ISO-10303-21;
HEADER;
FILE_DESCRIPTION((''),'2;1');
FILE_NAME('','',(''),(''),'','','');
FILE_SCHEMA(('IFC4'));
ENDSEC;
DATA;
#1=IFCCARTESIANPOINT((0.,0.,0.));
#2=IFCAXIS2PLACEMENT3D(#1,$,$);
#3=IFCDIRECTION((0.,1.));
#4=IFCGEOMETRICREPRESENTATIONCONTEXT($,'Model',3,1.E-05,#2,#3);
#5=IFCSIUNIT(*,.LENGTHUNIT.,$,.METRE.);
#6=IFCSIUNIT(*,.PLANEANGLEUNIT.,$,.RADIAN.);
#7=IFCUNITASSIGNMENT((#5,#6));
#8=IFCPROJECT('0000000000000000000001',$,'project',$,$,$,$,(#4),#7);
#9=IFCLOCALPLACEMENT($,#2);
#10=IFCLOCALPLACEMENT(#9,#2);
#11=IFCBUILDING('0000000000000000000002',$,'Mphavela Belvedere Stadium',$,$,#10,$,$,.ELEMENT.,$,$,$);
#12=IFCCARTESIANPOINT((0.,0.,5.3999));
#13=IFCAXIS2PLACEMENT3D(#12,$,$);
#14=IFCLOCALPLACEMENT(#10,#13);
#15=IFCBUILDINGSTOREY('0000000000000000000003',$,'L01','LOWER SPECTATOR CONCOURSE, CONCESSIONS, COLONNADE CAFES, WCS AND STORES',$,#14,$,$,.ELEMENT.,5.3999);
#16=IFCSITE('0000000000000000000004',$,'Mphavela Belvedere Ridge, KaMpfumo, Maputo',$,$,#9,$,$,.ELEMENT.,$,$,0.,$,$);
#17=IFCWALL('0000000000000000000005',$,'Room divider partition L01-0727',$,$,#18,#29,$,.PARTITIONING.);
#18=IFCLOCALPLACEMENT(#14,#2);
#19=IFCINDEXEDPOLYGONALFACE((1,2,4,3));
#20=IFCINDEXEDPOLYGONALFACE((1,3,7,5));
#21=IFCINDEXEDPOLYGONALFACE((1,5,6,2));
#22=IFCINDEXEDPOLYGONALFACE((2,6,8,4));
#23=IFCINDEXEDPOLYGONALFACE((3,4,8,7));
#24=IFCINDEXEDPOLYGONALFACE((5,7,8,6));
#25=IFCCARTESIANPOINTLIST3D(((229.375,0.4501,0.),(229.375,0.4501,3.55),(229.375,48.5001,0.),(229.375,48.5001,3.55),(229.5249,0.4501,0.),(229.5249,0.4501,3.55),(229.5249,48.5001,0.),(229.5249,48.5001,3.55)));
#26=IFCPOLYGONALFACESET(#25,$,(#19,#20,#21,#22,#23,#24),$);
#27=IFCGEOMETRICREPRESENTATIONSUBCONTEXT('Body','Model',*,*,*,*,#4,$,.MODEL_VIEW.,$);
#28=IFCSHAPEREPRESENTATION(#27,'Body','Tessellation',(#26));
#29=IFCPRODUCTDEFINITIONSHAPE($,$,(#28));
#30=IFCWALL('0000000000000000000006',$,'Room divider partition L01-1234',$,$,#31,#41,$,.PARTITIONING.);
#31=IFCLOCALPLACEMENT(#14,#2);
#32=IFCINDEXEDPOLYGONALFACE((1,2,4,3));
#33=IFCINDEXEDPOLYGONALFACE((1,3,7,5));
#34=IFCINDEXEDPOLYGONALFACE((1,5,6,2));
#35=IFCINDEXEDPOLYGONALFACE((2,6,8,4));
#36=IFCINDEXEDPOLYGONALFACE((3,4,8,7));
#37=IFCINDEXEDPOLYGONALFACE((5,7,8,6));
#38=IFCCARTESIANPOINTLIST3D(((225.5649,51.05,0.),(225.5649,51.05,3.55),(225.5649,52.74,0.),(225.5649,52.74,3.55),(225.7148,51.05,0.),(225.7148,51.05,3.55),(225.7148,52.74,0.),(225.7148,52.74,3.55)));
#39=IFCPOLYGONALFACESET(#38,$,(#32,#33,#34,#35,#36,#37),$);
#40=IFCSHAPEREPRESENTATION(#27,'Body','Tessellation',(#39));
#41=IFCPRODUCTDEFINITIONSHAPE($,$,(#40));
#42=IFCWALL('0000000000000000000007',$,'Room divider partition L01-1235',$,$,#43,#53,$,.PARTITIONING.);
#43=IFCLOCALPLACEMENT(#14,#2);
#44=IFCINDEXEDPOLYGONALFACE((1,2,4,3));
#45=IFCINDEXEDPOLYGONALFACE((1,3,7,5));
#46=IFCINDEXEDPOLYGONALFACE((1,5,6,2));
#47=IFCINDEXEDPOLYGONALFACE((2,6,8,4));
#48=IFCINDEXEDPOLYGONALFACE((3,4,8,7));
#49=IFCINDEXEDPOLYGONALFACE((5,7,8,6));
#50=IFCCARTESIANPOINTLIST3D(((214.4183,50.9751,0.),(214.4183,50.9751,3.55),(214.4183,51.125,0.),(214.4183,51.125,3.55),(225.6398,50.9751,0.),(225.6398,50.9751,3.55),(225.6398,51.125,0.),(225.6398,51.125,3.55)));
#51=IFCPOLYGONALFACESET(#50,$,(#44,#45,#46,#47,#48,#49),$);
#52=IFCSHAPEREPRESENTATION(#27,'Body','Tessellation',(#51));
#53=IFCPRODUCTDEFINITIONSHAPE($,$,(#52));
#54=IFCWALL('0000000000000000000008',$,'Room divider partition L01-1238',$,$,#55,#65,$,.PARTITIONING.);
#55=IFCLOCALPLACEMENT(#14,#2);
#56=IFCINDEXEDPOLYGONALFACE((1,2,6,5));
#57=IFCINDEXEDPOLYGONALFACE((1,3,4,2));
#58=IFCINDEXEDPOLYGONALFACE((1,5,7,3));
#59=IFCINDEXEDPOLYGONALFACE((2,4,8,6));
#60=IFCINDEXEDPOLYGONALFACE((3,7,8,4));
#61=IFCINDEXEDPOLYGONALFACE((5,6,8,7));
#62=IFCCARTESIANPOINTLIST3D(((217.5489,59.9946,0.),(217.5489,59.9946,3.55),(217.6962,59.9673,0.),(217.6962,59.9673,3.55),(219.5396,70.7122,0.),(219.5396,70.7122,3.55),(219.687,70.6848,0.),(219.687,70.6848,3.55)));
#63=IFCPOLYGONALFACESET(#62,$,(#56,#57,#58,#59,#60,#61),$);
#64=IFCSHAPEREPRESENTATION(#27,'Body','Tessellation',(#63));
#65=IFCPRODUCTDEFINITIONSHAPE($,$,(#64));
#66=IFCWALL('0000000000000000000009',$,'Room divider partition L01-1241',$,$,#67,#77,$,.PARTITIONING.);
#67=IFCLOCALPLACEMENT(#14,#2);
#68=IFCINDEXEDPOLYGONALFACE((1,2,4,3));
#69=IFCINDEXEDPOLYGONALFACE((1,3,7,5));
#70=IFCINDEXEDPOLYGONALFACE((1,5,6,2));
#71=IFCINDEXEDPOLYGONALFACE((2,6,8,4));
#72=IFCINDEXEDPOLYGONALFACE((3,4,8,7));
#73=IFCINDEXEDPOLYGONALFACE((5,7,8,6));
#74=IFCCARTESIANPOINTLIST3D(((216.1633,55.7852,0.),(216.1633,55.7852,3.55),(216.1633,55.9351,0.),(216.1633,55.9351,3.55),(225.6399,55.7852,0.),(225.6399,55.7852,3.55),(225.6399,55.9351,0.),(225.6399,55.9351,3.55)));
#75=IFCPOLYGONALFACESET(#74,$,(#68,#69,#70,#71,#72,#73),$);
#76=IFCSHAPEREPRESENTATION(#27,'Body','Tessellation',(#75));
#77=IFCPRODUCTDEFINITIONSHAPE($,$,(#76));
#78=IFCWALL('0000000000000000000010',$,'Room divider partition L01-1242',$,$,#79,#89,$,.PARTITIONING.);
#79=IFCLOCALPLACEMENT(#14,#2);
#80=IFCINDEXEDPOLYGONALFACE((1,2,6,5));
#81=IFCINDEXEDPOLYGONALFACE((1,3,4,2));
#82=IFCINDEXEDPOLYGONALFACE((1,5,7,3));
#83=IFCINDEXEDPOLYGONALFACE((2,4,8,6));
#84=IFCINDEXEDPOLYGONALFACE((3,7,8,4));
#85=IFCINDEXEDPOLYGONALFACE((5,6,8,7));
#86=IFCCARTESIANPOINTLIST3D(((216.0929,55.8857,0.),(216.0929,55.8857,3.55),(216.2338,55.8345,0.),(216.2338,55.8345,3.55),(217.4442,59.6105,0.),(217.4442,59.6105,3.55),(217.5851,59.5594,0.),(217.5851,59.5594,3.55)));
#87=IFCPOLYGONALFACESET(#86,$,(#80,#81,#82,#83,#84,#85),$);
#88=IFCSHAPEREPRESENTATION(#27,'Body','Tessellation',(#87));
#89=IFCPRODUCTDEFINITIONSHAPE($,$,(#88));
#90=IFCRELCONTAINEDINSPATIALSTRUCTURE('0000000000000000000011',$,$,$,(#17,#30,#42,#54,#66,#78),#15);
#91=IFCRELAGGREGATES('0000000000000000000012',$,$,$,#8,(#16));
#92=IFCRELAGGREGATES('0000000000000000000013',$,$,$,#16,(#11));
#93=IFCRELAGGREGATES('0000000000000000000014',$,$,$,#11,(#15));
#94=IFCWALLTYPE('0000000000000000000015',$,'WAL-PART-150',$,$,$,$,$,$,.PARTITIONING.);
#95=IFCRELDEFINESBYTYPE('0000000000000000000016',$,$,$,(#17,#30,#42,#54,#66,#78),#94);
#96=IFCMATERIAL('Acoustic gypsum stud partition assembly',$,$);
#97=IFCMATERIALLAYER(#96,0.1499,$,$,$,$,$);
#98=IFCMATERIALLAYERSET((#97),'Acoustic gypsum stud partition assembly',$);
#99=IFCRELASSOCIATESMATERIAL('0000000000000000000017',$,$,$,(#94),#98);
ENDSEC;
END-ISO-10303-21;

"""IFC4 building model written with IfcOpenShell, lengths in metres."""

from ifc_helpers import new_model, si_unit, direction, frame, frame_2d, origin, place, context, subcontext, project, spatial, rectangle, extrude, material, layer, layer_set, type_object, element, save


model = new_model("IFC4")

# Units and contexts
model_context = context("Model", 3, precision=1e-05, world=origin(), true_north=direction((0.0, 1.0)))
body_context = subcontext(model_context, "Body", "Model", "MODEL_VIEW")
ifc_project = project(units=[si_unit("LENGTHUNIT", "METRE"), si_unit("PLANEANGLEUNIT", "RADIAN")], contexts=[model_context])

# Site, building, storey
site_placement = place(None, origin())
site = spatial("IfcSite", under=ifc_project, at=site_placement, Name="Mphavela Belvedere Ridge, KaMpfumo, Maputo", CompositionType="ELEMENT", RefElevation=0.0)
building_placement = place(site_placement, origin())
building = spatial("IfcBuilding", under=site, at=building_placement, Name="Mphavela Belvedere Stadium", CompositionType="ELEMENT")
storey_placement = place(building_placement, frame((0.0, 0.0, 5.3999)))
storey = spatial("IfcBuildingStorey", under=building, at=storey_placement, Name="L01", Description="LOWER SPECTATOR CONCOURSE, CONCESSIONS, COLONNADE CAFES, WCS AND STORES", CompositionType="ELEMENT", Elevation=5.3999)

# Shared definitions
ifc_material_1 = material(Name="Acoustic gypsum stud partition assembly")
ifc_layer_1 = layer(ifc_material_1, 0.1499)
ifc_layer_set_1 = layer_set([ifc_layer_1], Name="Acoustic gypsum stud partition assembly")
wall_type_1 = type_object("IfcWallType", Name="WAL-PART-150", PredefinedType="PARTITIONING", material=ifc_layer_set_1)

# Walls
wall_1_placement = place(storey_placement, frame((229.45, 48.5, 0.0), z_axis=(0.0, 0.0, 1.0), x_axis=(0.0, -1.0, 0.0)))
element("IfcWall", 1, at=wall_1_placement, inside=storey, type_object=wall_type_1, Name="Room divider partition L01-0727", PredefinedType="PARTITIONING", context=body_context, shape_type="SweptSolid", body=[
    extrude(rectangle(XDim=48.05, YDim=0.1499, at=frame_2d((24.0249, 0.0))), origin(), (0.0, 0.0, 1.0), 3.55),
])
wall_2_placement = place(storey_placement, frame((225.6399, 52.74, 0.0), z_axis=(0.0, 0.0, 1.0), x_axis=(0.0, -1.0, 0.0)))
element("IfcWall", 2, at=wall_2_placement, inside=storey, type_object=wall_type_1, Name="Room divider partition L01-1234", PredefinedType="PARTITIONING", context=body_context, shape_type="SweptSolid", body=[
    extrude(rectangle(XDim=1.6899, YDim=0.1499, at=frame_2d((0.845, 0.0))), origin(), (0.0, 0.0, 1.0), 3.55),
])
wall_3_placement = place(storey_placement, frame((225.6399, 51.05, 0.0), z_axis=(0.0, 0.0, 1.0), x_axis=(-1.0, 0.0, 0.0)))
element("IfcWall", 3, at=wall_3_placement, inside=storey, type_object=wall_type_1, Name="Room divider partition L01-1235", PredefinedType="PARTITIONING", context=body_context, shape_type="SweptSolid", body=[
    extrude(rectangle(XDim=11.2214, YDim=0.1499, at=frame_2d((5.6108, 0.0))), origin(), (0.0, 0.0, 1.0), 3.55),
])
wall_4_placement = place(storey_placement, frame((217.6226, 59.981, 0.0), z_axis=(0.0, 0.0, 1.0), x_axis=(0.182621, 0.983183, 0.0)))
element("IfcWall", 4, at=wall_4_placement, inside=storey, type_object=wall_type_1, Name="Room divider partition L01-1238", PredefinedType="PARTITIONING", context=body_context, shape_type="SweptSolid", body=[
    extrude(rectangle(XDim=10.9009, YDim=0.1499, at=frame_2d((5.4504, 0.0))), origin(), (0.0, 0.0, 1.0), 3.55),
])
wall_5_placement = place(storey_placement, frame((225.6399, 55.8601, 0.0), z_axis=(0.0, 0.0, 1.0), x_axis=(-1.0, 0.0, 0.0)))
element("IfcWall", 5, at=wall_5_placement, inside=storey, type_object=wall_type_1, Name="Room divider partition L01-1241", PredefinedType="PARTITIONING", context=body_context, shape_type="SweptSolid", body=[
    extrude(rectangle(XDim=9.4766, YDim=0.1499, at=frame_2d((4.7383, 0.0))), origin(), (0.0, 0.0, 1.0), 3.55),
])
wall_6_placement = place(storey_placement, frame((216.1633, 55.8601, 0.0), z_axis=(0.0, 0.0, 1.0), x_axis=(0.341036, 0.94005, 0.0)))
element("IfcWall", 6, at=wall_6_placement, inside=storey, type_object=wall_type_1, Name="Room divider partition L01-1242", PredefinedType="PARTITIONING", context=body_context, shape_type="SweptSolid", body=[
    extrude(rectangle(XDim=3.9624, YDim=0.1499, at=frame_2d((1.9812, 0.0))), origin(), (0.0, 0.0, 1.0), 3.55),
])

save(model, "model.ifc")
